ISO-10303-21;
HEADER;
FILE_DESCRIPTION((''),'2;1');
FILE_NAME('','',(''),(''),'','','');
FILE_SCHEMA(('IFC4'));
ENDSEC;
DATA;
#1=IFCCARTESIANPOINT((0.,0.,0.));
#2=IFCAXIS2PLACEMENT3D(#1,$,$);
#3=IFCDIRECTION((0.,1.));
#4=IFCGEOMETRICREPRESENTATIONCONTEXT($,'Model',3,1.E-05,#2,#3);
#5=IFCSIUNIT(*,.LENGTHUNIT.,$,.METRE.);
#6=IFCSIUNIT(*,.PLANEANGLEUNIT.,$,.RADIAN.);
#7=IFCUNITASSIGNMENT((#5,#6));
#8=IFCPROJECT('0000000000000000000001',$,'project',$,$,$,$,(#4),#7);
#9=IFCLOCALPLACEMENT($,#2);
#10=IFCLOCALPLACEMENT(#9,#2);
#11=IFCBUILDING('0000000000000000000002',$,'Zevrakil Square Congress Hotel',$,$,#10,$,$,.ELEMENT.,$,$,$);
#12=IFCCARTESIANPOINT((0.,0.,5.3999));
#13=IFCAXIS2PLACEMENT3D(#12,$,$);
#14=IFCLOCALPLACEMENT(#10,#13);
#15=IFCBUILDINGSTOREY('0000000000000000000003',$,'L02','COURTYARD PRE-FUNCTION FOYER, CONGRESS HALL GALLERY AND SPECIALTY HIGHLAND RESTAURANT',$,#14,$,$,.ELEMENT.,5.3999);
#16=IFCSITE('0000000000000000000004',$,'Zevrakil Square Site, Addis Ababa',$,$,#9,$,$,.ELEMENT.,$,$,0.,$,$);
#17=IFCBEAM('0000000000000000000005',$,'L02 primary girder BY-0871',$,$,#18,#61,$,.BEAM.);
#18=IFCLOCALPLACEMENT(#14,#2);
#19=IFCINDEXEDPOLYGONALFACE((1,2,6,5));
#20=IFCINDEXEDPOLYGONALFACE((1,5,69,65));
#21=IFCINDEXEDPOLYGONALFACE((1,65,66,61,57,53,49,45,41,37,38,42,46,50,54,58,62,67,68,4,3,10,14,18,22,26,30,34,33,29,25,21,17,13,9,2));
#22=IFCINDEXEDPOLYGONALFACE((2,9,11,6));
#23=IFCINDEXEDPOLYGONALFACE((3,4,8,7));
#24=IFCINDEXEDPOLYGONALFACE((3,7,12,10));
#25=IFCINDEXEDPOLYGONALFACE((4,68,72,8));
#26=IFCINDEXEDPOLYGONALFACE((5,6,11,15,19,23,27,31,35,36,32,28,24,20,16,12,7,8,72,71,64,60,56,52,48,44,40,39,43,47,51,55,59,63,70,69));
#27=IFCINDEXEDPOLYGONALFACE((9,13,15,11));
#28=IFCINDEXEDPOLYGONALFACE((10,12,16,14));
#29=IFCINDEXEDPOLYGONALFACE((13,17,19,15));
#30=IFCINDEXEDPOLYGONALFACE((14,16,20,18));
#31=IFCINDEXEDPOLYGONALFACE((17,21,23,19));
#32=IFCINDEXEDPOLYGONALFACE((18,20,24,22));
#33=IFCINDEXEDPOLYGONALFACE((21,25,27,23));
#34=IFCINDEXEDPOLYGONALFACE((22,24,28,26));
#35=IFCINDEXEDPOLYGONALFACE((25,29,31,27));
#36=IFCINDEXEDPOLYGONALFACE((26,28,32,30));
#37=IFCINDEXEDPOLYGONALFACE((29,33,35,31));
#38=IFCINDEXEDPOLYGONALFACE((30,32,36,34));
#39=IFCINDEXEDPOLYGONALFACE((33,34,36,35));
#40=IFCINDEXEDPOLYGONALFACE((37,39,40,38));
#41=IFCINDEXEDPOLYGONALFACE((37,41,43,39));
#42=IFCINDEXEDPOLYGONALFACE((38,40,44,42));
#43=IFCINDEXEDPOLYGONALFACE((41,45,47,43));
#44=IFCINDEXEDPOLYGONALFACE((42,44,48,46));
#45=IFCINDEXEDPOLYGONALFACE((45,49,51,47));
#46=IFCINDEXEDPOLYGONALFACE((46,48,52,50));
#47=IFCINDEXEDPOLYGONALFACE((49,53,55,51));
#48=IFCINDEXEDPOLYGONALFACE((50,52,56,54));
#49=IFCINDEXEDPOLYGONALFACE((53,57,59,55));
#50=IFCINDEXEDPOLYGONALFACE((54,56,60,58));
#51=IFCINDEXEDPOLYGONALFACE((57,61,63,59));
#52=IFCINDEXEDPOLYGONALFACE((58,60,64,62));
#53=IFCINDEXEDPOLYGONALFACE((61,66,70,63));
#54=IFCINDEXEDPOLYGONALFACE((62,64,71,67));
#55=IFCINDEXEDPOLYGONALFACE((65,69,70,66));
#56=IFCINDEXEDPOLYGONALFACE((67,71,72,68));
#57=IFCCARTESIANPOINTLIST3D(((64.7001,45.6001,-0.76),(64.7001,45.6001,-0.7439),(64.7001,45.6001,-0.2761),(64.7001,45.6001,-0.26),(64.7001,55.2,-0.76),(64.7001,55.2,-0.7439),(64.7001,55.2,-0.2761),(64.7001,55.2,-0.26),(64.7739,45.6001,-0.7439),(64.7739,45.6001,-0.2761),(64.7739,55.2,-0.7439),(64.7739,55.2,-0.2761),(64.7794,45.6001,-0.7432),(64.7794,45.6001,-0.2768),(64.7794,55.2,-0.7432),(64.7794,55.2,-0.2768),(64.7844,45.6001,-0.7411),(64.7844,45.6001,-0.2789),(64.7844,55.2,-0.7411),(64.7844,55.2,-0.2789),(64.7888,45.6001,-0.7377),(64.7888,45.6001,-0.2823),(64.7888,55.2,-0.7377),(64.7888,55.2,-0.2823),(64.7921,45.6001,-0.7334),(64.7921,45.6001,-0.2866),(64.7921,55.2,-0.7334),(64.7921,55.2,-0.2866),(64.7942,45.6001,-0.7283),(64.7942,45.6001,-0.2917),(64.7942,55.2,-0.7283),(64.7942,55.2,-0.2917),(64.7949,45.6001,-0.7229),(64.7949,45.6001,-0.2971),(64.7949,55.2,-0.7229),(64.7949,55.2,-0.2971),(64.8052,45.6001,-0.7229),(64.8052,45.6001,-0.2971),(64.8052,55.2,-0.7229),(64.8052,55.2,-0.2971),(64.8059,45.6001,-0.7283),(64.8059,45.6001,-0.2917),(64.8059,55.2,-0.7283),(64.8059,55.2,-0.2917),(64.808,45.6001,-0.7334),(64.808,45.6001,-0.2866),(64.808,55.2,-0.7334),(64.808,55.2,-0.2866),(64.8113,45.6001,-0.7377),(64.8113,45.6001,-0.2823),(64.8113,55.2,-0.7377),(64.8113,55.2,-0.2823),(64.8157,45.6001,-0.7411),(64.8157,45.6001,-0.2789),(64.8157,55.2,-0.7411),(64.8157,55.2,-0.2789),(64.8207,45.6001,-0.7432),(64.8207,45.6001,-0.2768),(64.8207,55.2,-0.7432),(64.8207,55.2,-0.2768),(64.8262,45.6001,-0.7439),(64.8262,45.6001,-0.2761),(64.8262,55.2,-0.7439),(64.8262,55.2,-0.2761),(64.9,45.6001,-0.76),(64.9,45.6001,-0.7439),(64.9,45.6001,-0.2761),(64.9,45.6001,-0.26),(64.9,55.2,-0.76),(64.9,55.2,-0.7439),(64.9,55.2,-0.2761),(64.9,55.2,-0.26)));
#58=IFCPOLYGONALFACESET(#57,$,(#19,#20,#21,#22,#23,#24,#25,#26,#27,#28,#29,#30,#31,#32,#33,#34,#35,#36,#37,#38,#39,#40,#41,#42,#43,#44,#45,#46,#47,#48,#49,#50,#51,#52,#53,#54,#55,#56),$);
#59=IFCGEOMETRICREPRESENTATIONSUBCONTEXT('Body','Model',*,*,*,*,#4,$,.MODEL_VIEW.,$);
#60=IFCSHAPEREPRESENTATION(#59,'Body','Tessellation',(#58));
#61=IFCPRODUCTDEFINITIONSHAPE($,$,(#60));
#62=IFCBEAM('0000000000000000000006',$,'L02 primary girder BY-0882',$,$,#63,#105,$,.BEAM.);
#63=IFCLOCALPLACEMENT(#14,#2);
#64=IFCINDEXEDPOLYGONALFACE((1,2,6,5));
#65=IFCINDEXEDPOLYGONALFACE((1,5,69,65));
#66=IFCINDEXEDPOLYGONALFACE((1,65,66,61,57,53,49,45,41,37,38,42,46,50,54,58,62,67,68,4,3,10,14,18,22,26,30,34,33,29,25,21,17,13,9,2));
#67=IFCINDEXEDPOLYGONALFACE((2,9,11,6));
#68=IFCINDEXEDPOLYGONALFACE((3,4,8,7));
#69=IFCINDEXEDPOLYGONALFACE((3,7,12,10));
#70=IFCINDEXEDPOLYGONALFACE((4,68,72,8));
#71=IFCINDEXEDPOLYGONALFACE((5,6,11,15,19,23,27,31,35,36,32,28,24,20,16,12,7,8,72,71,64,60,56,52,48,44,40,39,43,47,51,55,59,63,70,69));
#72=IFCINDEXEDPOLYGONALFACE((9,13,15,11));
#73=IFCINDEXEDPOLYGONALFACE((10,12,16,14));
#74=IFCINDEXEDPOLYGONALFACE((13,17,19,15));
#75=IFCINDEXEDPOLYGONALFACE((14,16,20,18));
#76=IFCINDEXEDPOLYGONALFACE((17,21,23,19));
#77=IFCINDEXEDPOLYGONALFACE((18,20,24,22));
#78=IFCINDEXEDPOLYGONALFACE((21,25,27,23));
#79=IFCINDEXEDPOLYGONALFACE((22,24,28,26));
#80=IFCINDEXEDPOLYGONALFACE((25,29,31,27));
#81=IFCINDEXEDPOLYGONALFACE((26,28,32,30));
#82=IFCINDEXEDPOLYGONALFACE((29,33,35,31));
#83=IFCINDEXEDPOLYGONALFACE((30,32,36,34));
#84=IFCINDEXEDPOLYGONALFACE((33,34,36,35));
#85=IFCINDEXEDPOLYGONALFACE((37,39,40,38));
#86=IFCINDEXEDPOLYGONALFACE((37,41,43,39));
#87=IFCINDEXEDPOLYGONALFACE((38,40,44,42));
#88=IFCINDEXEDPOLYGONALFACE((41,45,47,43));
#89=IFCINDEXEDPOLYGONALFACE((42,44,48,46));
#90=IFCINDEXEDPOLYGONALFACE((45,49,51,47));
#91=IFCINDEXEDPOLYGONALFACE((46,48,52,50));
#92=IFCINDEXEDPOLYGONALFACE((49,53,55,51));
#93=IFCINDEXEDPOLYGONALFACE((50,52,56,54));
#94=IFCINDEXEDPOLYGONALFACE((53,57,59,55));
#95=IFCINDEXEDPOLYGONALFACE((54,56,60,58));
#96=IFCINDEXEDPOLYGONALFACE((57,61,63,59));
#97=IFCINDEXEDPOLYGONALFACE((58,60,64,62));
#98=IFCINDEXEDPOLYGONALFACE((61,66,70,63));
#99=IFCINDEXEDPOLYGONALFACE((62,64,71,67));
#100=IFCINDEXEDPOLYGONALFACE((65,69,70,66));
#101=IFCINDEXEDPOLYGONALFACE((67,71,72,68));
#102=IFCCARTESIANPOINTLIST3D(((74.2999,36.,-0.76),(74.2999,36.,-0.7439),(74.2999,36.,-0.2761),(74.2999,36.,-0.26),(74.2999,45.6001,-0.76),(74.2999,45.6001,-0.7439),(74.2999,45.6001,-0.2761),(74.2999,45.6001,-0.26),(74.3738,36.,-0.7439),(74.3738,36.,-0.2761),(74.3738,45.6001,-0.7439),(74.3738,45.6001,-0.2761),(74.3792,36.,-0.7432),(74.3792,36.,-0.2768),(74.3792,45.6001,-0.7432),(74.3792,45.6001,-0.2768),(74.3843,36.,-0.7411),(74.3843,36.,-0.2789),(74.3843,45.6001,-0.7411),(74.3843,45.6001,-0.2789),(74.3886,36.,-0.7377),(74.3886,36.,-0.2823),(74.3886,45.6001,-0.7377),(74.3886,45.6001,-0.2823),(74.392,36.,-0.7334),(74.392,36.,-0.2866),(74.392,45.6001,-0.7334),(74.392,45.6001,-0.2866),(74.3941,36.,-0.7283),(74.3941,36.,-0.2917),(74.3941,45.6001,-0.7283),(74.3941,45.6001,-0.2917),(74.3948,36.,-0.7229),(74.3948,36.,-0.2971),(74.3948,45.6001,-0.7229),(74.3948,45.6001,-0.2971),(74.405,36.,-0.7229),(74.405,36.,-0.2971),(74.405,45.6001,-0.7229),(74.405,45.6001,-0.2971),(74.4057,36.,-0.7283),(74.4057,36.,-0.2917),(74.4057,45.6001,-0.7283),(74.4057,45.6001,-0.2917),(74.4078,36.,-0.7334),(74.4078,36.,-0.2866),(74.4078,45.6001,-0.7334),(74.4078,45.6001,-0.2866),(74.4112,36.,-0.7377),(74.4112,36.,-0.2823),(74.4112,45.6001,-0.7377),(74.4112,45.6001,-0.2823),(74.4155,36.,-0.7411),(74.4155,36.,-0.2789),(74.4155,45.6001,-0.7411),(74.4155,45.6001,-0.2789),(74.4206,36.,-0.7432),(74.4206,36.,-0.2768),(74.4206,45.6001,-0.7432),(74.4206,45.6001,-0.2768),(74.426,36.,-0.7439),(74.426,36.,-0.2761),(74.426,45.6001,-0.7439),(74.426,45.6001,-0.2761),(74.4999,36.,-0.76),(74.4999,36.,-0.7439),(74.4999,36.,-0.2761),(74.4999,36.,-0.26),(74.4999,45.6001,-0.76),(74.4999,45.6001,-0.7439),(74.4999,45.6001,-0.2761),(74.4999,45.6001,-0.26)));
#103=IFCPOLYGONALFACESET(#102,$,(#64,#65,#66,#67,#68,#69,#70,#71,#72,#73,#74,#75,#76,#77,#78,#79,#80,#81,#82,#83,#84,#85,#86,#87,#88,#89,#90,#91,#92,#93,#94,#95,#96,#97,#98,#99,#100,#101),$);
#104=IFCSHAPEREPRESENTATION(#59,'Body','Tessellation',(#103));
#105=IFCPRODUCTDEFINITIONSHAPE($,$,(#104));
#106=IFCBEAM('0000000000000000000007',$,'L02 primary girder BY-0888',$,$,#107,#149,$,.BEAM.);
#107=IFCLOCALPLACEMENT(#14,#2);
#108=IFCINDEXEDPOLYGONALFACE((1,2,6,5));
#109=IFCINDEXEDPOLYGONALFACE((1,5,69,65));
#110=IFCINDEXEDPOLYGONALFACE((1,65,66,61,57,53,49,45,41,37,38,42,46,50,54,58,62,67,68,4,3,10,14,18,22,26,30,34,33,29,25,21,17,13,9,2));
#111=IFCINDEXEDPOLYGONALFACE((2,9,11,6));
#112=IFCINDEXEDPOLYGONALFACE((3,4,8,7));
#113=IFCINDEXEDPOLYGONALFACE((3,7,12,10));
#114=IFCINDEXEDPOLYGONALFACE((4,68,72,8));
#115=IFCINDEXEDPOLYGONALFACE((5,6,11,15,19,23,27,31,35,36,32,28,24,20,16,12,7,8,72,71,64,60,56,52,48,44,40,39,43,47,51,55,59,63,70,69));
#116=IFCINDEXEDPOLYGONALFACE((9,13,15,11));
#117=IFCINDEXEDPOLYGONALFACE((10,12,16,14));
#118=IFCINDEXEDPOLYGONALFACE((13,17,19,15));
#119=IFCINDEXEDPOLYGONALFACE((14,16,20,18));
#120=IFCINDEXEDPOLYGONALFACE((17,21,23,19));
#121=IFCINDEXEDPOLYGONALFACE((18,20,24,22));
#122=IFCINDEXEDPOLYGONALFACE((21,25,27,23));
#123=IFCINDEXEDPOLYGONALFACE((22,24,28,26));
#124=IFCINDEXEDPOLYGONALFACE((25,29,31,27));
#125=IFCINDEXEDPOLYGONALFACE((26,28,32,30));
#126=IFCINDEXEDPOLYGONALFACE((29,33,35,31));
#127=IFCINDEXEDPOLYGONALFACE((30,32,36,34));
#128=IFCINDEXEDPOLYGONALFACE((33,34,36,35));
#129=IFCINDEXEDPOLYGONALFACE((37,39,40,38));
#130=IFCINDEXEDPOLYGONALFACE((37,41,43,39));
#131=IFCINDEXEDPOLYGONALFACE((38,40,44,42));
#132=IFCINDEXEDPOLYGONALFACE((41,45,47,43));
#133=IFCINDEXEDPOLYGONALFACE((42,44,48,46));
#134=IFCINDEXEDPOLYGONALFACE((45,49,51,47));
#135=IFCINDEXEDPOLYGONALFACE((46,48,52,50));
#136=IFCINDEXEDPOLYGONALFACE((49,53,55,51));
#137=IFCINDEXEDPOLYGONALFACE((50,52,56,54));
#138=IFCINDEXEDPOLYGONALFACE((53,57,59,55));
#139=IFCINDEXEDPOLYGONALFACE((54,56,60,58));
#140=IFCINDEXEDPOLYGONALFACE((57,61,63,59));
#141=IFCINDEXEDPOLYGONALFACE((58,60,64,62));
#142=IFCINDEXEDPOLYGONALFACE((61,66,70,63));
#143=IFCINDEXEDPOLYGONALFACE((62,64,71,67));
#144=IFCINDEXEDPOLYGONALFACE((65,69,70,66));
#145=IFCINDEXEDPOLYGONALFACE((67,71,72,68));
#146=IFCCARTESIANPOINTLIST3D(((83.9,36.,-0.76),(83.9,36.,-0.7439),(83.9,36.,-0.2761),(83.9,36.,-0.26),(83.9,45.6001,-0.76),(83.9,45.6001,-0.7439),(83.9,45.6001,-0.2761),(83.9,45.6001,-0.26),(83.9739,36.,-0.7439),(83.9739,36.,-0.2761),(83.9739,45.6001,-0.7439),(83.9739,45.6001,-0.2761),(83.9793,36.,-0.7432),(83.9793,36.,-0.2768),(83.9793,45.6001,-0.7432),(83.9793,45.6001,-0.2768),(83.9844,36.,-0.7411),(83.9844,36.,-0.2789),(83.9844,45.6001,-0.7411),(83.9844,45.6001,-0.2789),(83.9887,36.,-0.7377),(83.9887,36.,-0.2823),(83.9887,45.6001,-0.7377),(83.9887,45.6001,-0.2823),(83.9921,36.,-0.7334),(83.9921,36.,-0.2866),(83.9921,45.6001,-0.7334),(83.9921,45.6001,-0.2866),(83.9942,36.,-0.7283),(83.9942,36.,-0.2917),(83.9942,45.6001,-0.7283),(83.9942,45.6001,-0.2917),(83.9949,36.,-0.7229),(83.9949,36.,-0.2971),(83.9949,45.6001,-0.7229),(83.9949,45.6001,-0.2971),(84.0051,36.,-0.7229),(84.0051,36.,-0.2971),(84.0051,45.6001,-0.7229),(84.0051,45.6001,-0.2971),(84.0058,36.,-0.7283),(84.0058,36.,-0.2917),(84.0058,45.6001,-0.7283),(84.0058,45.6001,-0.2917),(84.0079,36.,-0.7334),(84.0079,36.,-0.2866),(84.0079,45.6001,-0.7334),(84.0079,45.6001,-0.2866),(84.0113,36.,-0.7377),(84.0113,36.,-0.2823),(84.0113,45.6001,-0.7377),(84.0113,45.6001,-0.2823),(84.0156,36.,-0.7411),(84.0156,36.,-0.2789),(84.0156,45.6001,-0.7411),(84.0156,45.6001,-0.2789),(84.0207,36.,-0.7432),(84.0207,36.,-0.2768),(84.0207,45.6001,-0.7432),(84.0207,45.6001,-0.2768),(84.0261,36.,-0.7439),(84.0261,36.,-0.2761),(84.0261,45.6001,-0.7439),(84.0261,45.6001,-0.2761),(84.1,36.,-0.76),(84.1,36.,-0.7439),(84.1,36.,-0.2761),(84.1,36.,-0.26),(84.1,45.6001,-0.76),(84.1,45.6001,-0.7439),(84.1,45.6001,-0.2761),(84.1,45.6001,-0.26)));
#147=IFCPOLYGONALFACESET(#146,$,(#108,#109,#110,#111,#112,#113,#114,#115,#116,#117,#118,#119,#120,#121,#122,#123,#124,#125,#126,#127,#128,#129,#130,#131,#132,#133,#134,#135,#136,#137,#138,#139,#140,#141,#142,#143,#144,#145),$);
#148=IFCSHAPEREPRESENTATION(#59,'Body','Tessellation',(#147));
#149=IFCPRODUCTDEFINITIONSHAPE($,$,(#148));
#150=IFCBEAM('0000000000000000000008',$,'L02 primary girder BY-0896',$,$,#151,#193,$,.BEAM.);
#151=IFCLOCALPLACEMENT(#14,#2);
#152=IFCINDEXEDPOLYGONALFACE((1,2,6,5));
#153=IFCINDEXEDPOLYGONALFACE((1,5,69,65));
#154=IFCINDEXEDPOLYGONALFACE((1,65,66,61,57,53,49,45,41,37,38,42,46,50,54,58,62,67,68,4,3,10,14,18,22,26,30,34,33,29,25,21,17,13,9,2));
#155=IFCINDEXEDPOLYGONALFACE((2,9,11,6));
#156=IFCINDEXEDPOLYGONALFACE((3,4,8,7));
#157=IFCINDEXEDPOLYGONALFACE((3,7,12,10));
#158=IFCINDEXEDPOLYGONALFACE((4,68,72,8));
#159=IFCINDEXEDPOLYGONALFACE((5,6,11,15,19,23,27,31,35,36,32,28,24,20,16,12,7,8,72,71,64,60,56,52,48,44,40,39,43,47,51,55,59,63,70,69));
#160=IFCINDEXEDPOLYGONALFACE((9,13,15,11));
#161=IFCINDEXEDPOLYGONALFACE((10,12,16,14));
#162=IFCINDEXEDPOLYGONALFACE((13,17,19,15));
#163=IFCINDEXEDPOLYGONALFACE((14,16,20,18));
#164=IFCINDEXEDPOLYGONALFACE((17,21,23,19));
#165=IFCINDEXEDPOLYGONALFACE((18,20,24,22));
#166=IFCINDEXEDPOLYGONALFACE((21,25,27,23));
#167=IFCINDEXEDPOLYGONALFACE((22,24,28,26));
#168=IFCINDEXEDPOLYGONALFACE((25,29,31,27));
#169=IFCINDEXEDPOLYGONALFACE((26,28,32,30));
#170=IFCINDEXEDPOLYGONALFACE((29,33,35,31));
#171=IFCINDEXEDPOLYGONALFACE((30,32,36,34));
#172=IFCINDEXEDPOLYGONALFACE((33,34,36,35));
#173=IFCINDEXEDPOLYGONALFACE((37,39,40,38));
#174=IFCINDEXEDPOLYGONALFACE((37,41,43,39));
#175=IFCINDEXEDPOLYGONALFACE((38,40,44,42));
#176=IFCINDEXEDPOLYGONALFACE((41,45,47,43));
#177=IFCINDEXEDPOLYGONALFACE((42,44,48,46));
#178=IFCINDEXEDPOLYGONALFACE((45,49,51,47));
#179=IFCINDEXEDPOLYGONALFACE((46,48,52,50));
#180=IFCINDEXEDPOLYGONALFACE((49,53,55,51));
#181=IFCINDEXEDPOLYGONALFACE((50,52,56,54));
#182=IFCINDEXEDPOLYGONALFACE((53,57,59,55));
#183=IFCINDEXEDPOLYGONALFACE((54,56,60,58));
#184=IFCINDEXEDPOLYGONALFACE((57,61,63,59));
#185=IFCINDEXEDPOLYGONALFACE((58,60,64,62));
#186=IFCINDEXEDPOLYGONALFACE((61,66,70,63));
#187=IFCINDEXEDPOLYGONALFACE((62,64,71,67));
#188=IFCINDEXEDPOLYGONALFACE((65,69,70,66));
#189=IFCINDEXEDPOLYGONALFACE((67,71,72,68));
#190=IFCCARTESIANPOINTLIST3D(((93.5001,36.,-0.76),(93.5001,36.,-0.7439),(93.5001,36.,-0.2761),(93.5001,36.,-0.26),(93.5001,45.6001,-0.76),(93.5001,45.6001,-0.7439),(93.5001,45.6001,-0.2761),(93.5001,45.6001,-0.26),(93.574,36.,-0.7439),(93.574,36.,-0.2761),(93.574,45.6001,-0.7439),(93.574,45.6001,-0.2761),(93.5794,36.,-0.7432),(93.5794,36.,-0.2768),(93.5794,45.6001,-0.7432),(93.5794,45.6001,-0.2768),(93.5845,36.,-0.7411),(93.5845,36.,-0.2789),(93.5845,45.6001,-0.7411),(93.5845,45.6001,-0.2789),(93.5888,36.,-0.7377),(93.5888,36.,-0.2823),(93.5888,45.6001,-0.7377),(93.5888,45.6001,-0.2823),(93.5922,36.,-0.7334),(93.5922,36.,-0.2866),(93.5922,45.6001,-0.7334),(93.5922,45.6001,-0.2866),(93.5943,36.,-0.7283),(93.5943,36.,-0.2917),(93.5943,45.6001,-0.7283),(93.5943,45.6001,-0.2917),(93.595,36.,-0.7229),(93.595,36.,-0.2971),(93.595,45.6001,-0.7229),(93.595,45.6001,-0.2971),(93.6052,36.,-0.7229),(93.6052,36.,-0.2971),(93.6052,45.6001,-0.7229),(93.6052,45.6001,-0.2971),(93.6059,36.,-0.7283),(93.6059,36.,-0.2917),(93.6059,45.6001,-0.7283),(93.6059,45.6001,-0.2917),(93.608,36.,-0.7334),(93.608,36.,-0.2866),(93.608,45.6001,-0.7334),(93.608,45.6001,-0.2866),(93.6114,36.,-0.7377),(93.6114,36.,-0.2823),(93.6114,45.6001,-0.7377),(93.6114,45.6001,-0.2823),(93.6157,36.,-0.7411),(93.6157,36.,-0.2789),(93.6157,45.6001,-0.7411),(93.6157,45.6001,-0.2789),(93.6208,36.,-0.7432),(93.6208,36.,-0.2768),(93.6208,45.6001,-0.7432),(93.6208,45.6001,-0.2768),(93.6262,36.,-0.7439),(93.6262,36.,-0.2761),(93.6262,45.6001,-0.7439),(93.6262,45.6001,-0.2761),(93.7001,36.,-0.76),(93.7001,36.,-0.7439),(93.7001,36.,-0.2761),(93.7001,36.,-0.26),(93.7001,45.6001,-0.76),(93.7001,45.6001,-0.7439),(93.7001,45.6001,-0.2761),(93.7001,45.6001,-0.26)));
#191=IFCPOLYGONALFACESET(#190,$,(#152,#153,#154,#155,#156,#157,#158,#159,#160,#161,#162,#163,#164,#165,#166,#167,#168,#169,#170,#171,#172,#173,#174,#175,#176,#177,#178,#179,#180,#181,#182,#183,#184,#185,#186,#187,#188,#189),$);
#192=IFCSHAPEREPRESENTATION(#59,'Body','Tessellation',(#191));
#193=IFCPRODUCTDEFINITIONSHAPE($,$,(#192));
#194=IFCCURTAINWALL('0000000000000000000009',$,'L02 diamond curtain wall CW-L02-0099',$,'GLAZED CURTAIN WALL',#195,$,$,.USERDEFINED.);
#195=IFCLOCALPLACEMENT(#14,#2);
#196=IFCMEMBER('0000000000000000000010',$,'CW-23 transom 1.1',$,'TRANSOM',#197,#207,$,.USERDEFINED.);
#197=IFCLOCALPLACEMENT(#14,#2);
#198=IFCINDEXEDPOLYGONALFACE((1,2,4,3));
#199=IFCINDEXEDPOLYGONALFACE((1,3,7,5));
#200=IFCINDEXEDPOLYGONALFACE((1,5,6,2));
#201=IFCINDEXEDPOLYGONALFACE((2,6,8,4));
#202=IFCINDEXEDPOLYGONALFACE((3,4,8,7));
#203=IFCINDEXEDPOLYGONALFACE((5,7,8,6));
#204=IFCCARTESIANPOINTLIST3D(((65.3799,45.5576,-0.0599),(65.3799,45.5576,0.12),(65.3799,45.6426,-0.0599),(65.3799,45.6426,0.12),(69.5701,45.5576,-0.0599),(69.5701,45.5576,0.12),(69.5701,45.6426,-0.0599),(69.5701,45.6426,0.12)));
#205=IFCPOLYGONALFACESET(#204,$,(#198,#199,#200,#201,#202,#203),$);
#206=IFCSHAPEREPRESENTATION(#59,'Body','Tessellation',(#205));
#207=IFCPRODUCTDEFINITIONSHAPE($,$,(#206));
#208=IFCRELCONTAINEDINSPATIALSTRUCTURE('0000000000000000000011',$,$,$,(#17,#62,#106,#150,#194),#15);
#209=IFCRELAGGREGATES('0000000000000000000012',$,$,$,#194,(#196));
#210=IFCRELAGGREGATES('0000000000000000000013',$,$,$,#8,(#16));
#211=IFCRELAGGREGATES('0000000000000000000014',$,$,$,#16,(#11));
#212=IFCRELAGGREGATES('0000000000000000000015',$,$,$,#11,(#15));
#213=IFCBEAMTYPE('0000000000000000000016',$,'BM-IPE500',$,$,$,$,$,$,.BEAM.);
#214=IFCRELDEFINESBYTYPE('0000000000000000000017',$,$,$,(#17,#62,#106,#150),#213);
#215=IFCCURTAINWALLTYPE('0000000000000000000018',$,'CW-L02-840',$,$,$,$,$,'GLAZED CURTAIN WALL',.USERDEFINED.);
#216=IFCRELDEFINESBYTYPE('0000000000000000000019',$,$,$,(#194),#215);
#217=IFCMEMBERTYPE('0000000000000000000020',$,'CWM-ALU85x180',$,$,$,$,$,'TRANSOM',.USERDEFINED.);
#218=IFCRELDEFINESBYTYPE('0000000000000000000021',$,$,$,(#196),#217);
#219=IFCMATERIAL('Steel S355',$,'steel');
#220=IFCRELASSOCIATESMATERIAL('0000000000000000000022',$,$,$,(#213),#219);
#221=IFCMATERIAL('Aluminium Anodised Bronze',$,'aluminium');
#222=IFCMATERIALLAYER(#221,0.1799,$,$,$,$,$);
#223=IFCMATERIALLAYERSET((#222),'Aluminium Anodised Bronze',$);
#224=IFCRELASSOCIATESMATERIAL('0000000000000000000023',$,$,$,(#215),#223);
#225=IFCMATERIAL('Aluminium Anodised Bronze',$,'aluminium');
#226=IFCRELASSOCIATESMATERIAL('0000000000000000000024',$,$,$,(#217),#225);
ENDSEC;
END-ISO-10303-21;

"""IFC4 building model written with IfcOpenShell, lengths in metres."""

from ifc_helpers import new_model, si_unit, direction, frame, origin, origin_2d, place, context, subcontext, project, spatial, rectangle, i_section, extrude, material, layer, layer_set, material_profile, profile_set, type_object, element, aggregate, save


model = new_model("IFC4")

# Units and contexts
model_context = context("Model", 3, precision=1e-05, world=origin(), true_north=direction((0.0, 1.0)))
body_context = subcontext(model_context, "Body", "Model", "MODEL_VIEW")
ifc_project = project(units=[si_unit("LENGTHUNIT", "METRE"), si_unit("PLANEANGLEUNIT", "RADIAN")], contexts=[model_context])

# Site, building, storey
site_placement = place(None, origin())
site = spatial("IfcSite", under=ifc_project, at=site_placement, Name="Zevrakil Square Site, Addis Ababa", CompositionType="ELEMENT", RefElevation=0.0)
building_placement = place(site_placement, origin())
building = spatial("IfcBuilding", under=site, at=building_placement, Name="Zevrakil Square Congress Hotel", CompositionType="ELEMENT")
storey_placement = place(building_placement, frame((0.0, 0.0, 5.3999)))
storey = spatial("IfcBuildingStorey", under=building, at=storey_placement, Name="L02", Description="COURTYARD PRE-FUNCTION FOYER, CONGRESS HALL GALLERY AND SPECIALTY HIGHLAND RESTAURANT", CompositionType="ELEMENT", Elevation=5.3999)

# Beams
ifc_material_1 = material(Name="Steel S355", Category="steel")
ifc_material_profile_1 = material_profile(ifc_material_1, i_section(OverallWidth=0.2, OverallDepth=0.5, WebThickness=0.0103, FlangeThickness=0.0161, FilletRadius=0.021, at=origin_2d()), Name="IPE 500")
ifc_profile_set_1 = profile_set([ifc_material_profile_1], Name="Steel S355")
beam_type_1 = type_object("IfcBeamType", Name="BM-IPE500", PredefinedType="BEAM", material=ifc_profile_set_1)
beam_placement = place(storey_placement, frame((64.8, 45.6001, -0.51), z_axis=(0.0, 1.0, 0.0), x_axis=(-1.0, 0.0, 0.0)))
element("IfcBeam", 1, at=beam_placement, inside=storey, type_object=beam_type_1, Name="L02 primary girder BY-0871", PredefinedType="BEAM", context=body_context, shape_type="SweptSolid", body=[
    extrude(i_section(OverallWidth=0.2, OverallDepth=0.5, WebThickness=0.0103, FlangeThickness=0.0161, FilletRadius=0.021, at=origin_2d()), origin(), (0.0, 0.0, 1.0), 9.5999),
])
for number, where, z_axis, x_axis, name in (
    (2, (74.3999, 36.0, -0.51), (0.0, 1.0, 0.0), (-1.0, 0.0, 0.0), "L02 primary girder BY-0882"),
    (3, (84.0, 36.0, -0.51), (0.0, 1.0, 0.0), (-1.0, 0.0, 0.0), "L02 primary girder BY-0888"),
    (4, (93.6001, 36.0, -0.51), (0.0, 1.0, 0.0), (-1.0, 0.0, 0.0), "L02 primary girder BY-0896"),
):
    element("IfcBeam", number, at=place(storey_placement, frame(where, z_axis=z_axis, x_axis=x_axis)), inside=storey, type_object=beam_type_1, Name=name, PredefinedType="BEAM", context=body_context, shape_type="SweptSolid", body=[
        extrude(i_section(OverallWidth=0.2, OverallDepth=0.5, WebThickness=0.0103, FlangeThickness=0.0161, FilletRadius=0.021, at=origin_2d()), origin(), (0.0, 0.0, 1.0), 9.6001),
    ])

# Curtain wall, member
ifc_material_2 = material(Name="Aluminium Anodised Bronze", Category="aluminium")
ifc_layer_1 = layer(ifc_material_2, 0.1799)
ifc_layer_set_1 = layer_set([ifc_layer_1], Name="Aluminium Anodised Bronze")
curtain_wall_type = type_object("IfcCurtainWallType", Name="CW-L02-840", ElementType="GLAZED CURTAIN WALL", PredefinedType="USERDEFINED", material=ifc_layer_set_1)
curtain_wall_1_placement = place(storey_placement, origin())
curtain_wall_1 = element("IfcCurtainWall", 5, at=curtain_wall_1_placement, inside=storey, type_object=curtain_wall_type, Name="L02 diamond curtain wall CW-L02-0099", ObjectType="GLAZED CURTAIN WALL", PredefinedType="USERDEFINED")
ifc_material_3 = material(Name="Aluminium Anodised Bronze", Category="aluminium")
ifc_material_profile_2 = material_profile(ifc_material_3, rectangle(XDim=0.085, YDim=0.1799, at=origin_2d()), Name="ALU 85x180")
ifc_profile_set_2 = profile_set([ifc_material_profile_2], Name="Aluminium Anodised Bronze")
member_type_1 = type_object("IfcMemberType", Name="CWM-ALU85x180", ElementType="TRANSOM", PredefinedType="USERDEFINED", material=ifc_profile_set_2)
member_1_placement = place(storey_placement, frame((65.3799, 45.6001, 0.03), z_axis=(1.0, 0.0, 0.0), x_axis=(0.0, 1.0, 0.0)))
member_1 = element("IfcMember", 6, at=member_1_placement, type_object=member_type_1, Name="CW-23 transom 1.1", ObjectType="TRANSOM", PredefinedType="USERDEFINED", context=body_context, shape_type="SweptSolid", body=[
    extrude(rectangle(XDim=0.085, YDim=0.1799, at=origin_2d()), origin(), (0.0, 0.0, 1.0), 4.1902),
])

aggregate(curtain_wall_1, [member_1])

save(model, "model.ifc")
